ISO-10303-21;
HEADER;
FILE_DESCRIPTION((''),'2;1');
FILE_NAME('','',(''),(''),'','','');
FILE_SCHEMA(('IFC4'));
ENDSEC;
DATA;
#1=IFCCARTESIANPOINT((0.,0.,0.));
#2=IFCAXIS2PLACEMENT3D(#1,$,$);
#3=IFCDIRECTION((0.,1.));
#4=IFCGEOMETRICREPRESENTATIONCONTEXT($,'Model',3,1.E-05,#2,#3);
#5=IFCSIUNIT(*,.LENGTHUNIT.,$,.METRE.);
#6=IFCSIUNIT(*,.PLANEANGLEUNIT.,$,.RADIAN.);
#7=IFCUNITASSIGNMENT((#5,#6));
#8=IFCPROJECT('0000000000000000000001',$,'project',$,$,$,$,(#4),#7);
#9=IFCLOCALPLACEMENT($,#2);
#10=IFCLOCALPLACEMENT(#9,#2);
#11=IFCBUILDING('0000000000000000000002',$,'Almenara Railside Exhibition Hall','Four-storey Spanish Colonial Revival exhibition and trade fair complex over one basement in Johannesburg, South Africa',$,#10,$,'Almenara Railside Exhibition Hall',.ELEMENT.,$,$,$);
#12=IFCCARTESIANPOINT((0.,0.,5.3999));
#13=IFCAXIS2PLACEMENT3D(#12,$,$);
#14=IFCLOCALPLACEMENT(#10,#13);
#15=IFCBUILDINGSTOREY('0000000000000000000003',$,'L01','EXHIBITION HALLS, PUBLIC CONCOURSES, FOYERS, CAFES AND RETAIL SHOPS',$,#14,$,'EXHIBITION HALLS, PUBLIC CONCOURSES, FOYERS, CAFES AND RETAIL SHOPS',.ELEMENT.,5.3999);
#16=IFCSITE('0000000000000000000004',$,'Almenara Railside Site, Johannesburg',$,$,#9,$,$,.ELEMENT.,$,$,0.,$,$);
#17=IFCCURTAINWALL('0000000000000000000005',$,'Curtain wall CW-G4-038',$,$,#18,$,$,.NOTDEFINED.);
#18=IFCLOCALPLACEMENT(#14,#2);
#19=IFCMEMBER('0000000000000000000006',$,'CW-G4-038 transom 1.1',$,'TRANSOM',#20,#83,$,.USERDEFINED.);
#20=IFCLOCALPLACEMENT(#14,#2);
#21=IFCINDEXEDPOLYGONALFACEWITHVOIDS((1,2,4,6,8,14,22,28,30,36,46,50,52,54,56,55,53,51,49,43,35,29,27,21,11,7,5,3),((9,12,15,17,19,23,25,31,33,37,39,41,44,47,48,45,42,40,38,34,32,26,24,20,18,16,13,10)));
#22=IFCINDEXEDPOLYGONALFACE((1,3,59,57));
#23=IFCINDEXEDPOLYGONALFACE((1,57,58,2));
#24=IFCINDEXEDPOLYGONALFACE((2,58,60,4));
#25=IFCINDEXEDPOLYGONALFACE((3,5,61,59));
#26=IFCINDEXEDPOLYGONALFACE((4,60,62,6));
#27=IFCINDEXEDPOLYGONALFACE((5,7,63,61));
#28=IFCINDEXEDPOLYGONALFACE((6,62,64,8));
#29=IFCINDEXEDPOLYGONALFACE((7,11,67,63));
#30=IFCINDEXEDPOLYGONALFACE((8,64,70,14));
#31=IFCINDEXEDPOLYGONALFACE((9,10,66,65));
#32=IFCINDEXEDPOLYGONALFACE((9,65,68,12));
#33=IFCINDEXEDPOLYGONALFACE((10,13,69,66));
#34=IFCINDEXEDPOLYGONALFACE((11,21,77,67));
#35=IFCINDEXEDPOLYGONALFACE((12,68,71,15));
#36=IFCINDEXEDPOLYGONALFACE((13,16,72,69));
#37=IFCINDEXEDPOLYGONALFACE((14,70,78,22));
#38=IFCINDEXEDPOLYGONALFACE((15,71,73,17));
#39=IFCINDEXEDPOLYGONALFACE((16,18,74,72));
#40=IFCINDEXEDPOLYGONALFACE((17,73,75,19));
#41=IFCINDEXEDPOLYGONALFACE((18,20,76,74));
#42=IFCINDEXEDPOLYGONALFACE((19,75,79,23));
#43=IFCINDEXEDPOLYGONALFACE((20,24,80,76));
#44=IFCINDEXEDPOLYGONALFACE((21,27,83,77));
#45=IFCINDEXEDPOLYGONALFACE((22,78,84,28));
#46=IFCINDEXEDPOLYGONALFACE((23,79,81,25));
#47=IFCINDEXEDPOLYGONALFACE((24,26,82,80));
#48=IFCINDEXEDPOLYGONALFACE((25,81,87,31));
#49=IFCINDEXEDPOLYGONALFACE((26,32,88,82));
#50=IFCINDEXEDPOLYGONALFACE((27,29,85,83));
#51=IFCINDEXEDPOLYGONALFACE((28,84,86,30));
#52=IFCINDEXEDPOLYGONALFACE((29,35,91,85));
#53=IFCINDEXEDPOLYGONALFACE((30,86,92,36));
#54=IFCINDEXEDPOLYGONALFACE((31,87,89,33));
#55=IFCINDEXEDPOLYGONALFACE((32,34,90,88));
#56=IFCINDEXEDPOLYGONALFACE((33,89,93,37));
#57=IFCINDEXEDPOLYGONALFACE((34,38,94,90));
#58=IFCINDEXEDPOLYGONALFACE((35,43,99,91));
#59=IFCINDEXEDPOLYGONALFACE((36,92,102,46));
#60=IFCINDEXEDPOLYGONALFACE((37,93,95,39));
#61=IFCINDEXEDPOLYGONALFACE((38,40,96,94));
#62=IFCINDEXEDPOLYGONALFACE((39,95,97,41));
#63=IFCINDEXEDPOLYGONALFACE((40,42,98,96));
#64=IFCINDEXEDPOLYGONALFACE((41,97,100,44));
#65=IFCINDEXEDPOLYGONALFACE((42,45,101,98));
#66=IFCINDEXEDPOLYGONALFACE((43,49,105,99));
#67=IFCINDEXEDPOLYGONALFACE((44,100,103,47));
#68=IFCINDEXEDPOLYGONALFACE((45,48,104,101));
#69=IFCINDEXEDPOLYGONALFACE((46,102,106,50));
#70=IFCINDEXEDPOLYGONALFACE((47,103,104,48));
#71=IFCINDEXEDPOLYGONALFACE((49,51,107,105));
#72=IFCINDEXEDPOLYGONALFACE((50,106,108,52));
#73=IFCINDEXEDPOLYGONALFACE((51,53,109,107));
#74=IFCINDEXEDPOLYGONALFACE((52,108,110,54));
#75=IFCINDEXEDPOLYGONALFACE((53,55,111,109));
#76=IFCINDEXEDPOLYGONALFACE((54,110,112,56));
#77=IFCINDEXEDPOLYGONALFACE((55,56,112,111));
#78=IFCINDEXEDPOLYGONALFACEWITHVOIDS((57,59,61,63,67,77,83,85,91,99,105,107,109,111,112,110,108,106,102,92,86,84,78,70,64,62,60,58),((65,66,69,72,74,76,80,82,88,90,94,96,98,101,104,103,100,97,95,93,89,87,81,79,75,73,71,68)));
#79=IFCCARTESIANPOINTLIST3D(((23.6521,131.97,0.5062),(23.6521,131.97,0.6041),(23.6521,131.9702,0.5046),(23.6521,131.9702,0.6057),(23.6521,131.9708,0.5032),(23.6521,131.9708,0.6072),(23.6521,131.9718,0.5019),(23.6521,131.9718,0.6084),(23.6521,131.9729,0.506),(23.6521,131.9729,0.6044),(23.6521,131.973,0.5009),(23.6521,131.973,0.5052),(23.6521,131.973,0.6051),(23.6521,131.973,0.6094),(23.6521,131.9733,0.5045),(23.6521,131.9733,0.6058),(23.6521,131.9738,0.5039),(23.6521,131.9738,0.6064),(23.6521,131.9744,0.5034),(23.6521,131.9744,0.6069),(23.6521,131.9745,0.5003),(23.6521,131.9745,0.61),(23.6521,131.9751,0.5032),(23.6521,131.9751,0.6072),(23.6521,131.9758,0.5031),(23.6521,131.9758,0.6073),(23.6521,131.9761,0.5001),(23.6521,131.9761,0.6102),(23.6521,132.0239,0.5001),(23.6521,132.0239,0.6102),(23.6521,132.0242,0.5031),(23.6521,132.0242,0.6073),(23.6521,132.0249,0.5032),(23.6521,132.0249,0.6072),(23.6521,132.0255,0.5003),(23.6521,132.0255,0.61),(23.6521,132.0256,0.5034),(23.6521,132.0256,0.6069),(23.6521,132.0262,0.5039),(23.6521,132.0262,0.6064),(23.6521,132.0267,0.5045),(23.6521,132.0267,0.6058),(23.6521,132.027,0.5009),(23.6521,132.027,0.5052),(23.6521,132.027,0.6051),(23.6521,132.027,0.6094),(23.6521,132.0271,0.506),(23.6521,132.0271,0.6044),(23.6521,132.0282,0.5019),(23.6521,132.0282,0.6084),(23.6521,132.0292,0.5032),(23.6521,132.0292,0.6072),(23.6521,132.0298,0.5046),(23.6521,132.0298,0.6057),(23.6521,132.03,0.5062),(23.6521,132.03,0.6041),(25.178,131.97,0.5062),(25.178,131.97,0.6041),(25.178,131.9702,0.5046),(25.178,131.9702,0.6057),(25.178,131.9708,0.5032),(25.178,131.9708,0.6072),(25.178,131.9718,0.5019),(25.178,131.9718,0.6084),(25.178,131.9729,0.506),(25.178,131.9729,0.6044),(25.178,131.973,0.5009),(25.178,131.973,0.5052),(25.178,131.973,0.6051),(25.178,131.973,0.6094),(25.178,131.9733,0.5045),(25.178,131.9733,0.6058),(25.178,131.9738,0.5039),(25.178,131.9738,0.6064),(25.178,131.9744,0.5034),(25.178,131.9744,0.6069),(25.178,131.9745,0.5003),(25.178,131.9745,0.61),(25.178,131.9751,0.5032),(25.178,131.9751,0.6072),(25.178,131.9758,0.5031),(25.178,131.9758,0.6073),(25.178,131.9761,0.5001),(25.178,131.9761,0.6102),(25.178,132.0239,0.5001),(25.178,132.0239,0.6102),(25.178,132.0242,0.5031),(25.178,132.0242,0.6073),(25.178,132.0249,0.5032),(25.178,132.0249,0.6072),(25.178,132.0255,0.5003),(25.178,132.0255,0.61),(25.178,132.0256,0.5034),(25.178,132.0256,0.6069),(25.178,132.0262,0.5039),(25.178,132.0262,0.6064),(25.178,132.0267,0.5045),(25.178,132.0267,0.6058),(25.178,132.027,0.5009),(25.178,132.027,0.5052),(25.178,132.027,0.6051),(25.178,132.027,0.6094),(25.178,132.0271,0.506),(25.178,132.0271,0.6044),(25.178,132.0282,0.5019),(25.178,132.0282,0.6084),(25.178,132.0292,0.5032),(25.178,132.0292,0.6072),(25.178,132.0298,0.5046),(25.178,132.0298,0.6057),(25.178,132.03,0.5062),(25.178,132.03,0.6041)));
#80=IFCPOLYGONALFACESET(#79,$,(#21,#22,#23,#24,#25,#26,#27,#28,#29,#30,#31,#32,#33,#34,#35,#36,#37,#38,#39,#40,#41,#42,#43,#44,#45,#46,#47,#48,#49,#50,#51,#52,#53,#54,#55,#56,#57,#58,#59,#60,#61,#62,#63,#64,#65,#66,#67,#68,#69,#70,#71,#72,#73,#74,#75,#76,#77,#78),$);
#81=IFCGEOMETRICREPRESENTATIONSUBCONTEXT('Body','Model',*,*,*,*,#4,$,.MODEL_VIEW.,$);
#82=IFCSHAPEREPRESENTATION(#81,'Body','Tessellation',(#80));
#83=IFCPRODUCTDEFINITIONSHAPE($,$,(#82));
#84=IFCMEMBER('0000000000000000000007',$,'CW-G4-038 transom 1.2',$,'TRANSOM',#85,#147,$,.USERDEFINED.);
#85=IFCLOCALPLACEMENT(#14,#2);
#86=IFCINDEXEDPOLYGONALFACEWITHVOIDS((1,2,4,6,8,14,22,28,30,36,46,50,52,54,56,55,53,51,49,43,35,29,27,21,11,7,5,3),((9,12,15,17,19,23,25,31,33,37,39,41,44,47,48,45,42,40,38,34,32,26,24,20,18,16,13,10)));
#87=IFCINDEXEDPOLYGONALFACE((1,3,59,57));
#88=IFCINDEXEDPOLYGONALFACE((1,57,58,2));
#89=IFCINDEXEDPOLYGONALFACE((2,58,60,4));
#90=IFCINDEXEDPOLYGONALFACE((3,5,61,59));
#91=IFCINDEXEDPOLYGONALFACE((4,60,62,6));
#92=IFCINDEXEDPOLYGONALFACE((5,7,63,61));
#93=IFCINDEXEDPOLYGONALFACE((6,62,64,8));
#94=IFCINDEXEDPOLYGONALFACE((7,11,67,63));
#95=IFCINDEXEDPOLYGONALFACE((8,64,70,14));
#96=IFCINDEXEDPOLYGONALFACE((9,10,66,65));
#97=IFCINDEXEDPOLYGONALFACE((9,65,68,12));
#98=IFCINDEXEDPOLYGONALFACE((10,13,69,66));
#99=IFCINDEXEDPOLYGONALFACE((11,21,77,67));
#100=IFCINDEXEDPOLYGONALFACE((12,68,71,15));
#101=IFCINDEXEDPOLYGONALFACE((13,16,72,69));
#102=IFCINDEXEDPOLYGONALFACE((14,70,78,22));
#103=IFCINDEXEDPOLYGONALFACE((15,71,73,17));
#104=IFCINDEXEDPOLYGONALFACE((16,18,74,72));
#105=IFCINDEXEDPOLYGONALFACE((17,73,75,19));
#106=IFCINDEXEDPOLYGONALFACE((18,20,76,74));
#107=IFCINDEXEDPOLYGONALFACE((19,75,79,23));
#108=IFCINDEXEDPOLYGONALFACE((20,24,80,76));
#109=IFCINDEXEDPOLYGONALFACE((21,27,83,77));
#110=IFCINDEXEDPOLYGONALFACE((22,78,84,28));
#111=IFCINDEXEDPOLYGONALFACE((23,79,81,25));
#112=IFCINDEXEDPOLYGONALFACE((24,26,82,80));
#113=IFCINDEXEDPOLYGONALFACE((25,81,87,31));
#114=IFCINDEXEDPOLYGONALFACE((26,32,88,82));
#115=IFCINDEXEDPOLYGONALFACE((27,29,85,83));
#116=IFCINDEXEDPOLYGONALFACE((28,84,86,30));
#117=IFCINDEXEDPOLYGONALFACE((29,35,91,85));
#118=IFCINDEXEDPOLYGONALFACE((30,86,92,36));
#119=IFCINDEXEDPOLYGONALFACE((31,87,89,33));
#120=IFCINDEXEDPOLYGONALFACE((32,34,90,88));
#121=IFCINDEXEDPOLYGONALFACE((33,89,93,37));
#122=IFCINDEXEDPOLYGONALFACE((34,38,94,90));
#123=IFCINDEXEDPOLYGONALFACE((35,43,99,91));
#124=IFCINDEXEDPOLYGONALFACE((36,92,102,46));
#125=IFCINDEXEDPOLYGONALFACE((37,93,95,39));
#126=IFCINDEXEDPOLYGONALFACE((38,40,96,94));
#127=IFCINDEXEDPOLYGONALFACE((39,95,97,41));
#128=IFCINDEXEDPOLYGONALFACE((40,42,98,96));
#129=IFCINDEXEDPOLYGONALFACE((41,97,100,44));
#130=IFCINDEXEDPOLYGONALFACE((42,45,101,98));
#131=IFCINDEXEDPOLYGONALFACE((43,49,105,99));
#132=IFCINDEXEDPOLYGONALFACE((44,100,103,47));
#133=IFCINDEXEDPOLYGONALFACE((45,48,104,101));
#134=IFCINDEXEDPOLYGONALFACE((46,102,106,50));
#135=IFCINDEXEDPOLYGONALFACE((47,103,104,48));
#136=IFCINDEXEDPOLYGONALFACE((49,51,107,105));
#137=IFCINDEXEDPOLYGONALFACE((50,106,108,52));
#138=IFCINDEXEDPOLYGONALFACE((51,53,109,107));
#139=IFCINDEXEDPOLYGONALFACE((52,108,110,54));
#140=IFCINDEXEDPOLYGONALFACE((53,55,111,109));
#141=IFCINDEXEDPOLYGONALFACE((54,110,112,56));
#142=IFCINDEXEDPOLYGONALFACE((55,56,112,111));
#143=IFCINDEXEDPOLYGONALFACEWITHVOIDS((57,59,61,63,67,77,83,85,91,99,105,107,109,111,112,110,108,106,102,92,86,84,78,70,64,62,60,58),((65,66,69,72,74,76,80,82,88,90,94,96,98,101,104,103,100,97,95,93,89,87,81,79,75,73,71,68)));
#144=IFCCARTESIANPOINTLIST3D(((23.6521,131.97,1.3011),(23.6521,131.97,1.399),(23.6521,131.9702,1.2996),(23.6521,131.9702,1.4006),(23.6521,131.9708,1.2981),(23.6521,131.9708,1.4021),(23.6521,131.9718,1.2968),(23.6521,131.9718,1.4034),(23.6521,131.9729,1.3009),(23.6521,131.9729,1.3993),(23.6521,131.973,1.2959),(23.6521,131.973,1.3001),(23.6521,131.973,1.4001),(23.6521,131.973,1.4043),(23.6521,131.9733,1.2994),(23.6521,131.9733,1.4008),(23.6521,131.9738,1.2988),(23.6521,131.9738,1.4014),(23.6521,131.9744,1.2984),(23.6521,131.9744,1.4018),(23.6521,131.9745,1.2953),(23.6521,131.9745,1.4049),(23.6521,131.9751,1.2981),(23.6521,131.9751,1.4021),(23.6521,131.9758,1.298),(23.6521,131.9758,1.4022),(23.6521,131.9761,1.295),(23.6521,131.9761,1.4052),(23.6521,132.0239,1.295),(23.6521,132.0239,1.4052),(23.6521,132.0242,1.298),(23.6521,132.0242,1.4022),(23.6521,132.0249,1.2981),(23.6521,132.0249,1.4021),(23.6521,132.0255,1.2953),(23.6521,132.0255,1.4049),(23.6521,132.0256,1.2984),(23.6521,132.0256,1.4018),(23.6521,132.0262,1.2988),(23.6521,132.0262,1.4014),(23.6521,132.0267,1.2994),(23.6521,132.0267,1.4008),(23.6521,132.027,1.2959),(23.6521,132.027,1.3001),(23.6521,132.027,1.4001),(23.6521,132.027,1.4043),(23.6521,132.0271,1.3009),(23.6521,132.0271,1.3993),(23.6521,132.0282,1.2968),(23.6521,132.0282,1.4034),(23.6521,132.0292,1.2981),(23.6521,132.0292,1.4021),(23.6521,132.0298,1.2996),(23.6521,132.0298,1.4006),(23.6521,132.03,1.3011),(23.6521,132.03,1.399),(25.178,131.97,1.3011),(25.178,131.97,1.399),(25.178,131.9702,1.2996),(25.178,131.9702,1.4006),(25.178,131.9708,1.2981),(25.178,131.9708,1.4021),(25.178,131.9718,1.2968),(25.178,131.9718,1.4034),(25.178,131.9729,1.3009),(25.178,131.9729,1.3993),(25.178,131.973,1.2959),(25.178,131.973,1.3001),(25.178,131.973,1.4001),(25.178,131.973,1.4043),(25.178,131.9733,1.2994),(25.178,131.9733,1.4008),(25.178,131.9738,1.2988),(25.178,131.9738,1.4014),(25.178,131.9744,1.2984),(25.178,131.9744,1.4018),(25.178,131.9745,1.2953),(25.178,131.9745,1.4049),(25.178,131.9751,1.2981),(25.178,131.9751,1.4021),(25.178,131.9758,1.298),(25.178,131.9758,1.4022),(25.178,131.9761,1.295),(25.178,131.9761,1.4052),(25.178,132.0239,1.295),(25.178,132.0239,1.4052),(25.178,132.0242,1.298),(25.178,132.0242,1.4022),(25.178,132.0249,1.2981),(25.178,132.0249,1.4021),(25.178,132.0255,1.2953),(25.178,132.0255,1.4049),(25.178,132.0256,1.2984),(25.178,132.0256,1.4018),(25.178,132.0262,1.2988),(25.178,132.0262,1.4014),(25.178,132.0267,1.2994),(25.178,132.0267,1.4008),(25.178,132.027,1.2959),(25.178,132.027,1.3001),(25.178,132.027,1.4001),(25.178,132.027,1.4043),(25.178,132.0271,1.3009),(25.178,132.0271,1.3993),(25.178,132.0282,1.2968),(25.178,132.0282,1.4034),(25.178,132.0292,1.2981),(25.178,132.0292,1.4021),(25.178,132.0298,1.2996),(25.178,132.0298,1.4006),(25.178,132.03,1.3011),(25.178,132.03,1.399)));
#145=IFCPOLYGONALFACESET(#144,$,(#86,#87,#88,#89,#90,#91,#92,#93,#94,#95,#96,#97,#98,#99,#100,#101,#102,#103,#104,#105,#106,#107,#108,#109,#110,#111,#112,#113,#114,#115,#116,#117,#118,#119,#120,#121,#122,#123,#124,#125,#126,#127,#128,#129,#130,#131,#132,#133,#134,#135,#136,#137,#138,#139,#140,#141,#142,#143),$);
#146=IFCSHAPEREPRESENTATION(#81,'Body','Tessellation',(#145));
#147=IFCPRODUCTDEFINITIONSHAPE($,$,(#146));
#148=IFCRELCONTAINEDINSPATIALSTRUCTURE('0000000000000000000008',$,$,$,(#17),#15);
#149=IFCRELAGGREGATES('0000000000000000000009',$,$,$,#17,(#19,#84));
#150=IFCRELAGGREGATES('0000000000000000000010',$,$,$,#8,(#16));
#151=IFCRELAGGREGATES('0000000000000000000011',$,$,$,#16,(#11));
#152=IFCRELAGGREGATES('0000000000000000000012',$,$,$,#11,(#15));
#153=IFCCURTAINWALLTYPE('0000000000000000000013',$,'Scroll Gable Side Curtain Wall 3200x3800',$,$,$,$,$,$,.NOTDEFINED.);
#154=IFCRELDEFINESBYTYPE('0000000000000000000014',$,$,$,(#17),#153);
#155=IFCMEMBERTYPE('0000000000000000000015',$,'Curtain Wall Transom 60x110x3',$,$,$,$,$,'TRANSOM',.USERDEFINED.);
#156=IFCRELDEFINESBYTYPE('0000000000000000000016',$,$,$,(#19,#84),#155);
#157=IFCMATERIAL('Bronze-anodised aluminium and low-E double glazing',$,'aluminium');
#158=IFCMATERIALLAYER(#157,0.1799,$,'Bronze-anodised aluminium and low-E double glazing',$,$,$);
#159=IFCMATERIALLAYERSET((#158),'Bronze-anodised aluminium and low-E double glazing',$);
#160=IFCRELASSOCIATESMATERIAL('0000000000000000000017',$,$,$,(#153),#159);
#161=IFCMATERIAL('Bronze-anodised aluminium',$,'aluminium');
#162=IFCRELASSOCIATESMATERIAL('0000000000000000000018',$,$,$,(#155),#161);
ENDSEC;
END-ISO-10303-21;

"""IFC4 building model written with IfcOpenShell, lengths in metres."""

from ifc_helpers import new_model, si_unit, direction, frame, origin, origin_2d, place, context, subcontext, project, spatial, hollow_rectangle, extrude, material, layer, layer_set, material_profile, profile_set, type_object, element, aggregate, save


model = new_model("IFC4")

# Units and contexts
model_context = context("Model", 3, precision=1e-05, world=origin(), true_north=direction((0.0, 1.0)))
body_context = subcontext(model_context, "Body", "Model", "MODEL_VIEW")
ifc_project = project(units=[si_unit("LENGTHUNIT", "METRE"), si_unit("PLANEANGLEUNIT", "RADIAN")], contexts=[model_context])

# Site, building, storey
site_placement = place(None, origin())
site = spatial("IfcSite", under=ifc_project, at=site_placement, Name="Almenara Railside Site, Johannesburg", CompositionType="ELEMENT", RefElevation=0.0)
building_placement = place(site_placement, origin())
building = spatial("IfcBuilding", under=site, at=building_placement, Name="Almenara Railside Exhibition Hall", Description="Four-storey Spanish Colonial Revival exhibition and trade fair complex over one basement in Johannesburg, South Africa", LongName="Almenara Railside Exhibition Hall", CompositionType="ELEMENT")
storey_placement = place(building_placement, frame((0.0, 0.0, 5.3999)))
storey = spatial("IfcBuildingStorey", under=building, at=storey_placement, Name="L01", Description="EXHIBITION HALLS, PUBLIC CONCOURSES, FOYERS, CAFES AND RETAIL SHOPS", LongName="EXHIBITION HALLS, PUBLIC CONCOURSES, FOYERS, CAFES AND RETAIL SHOPS", CompositionType="ELEMENT", Elevation=5.3999)

# Curtain wall, members
ifc_material_1 = material(Name="Bronze-anodised aluminium and low-E double glazing", Category="aluminium")
ifc_layer_1 = layer(ifc_material_1, 0.1799, Name="Bronze-anodised aluminium and low-E double glazing")
ifc_layer_set_1 = layer_set([ifc_layer_1], Name="Bronze-anodised aluminium and low-E double glazing")
curtain_wall_type = type_object("IfcCurtainWallType", Name="Scroll Gable Side Curtain Wall 3200x3800", PredefinedType="NOTDEFINED", material=ifc_layer_set_1)
curtain_wall_placement = place(storey_placement, origin())
curtain_wall = element("IfcCurtainWall", 1, at=curtain_wall_placement, inside=storey, type_object=curtain_wall_type, Name="Curtain wall CW-G4-038", PredefinedType="NOTDEFINED")
ifc_material_2 = material(Name="Bronze-anodised aluminium", Category="aluminium")
ifc_material_profile_1 = material_profile(ifc_material_2, hollow_rectangle(XDim=0.0601, YDim=0.1101, WallThickness=0.0029, InnerFilletRadius=0.0029, OuterFilletRadius=0.0061, at=origin_2d()), Name="ALU-TRN 60x110x3")
ifc_profile_set_1 = profile_set([ifc_material_profile_1], Name="Bronze-anodised aluminium")
member_type_1 = type_object("IfcMemberType", Name="Curtain Wall Transom 60x110x3", ElementType="TRANSOM", PredefinedType="USERDEFINED", material=ifc_profile_set_1)
member_1_placement = place(storey_placement, frame((23.6521, 132.0, 0.5552), z_axis=(1.0, 0.0, 0.0), x_axis=(0.0, 1.0, 0.0)))
member_1 = element("IfcMember", 2, at=member_1_placement, type_object=member_type_1, Name="CW-G4-038 transom 1.1", ObjectType="TRANSOM", PredefinedType="USERDEFINED", context=body_context, shape_type="SweptSolid", body=[
    extrude(hollow_rectangle(XDim=0.0601, YDim=0.1101, WallThickness=0.0029, InnerFilletRadius=0.0029, OuterFilletRadius=0.0061, at=origin_2d()), origin(), (0.0, 0.0, 1.0), 1.5259),
])
member_2_placement = place(storey_placement, frame((23.6521, 132.0, 1.3501), z_axis=(1.0, 0.0, 0.0), x_axis=(0.0, 1.0, 0.0)))
member_2 = element("IfcMember", 3, at=member_2_placement, type_object=member_type_1, Name="CW-G4-038 transom 1.2", ObjectType="TRANSOM", PredefinedType="USERDEFINED", context=body_context, shape_type="SweptSolid", body=[
    extrude(hollow_rectangle(XDim=0.0601, YDim=0.1101, WallThickness=0.0029, InnerFilletRadius=0.0029, OuterFilletRadius=0.0061, at=origin_2d()), origin(), (0.0, 0.0, 1.0), 1.5259),
])

aggregate(curtain_wall, [member_1, member_2])

save(model, "model.ifc")
